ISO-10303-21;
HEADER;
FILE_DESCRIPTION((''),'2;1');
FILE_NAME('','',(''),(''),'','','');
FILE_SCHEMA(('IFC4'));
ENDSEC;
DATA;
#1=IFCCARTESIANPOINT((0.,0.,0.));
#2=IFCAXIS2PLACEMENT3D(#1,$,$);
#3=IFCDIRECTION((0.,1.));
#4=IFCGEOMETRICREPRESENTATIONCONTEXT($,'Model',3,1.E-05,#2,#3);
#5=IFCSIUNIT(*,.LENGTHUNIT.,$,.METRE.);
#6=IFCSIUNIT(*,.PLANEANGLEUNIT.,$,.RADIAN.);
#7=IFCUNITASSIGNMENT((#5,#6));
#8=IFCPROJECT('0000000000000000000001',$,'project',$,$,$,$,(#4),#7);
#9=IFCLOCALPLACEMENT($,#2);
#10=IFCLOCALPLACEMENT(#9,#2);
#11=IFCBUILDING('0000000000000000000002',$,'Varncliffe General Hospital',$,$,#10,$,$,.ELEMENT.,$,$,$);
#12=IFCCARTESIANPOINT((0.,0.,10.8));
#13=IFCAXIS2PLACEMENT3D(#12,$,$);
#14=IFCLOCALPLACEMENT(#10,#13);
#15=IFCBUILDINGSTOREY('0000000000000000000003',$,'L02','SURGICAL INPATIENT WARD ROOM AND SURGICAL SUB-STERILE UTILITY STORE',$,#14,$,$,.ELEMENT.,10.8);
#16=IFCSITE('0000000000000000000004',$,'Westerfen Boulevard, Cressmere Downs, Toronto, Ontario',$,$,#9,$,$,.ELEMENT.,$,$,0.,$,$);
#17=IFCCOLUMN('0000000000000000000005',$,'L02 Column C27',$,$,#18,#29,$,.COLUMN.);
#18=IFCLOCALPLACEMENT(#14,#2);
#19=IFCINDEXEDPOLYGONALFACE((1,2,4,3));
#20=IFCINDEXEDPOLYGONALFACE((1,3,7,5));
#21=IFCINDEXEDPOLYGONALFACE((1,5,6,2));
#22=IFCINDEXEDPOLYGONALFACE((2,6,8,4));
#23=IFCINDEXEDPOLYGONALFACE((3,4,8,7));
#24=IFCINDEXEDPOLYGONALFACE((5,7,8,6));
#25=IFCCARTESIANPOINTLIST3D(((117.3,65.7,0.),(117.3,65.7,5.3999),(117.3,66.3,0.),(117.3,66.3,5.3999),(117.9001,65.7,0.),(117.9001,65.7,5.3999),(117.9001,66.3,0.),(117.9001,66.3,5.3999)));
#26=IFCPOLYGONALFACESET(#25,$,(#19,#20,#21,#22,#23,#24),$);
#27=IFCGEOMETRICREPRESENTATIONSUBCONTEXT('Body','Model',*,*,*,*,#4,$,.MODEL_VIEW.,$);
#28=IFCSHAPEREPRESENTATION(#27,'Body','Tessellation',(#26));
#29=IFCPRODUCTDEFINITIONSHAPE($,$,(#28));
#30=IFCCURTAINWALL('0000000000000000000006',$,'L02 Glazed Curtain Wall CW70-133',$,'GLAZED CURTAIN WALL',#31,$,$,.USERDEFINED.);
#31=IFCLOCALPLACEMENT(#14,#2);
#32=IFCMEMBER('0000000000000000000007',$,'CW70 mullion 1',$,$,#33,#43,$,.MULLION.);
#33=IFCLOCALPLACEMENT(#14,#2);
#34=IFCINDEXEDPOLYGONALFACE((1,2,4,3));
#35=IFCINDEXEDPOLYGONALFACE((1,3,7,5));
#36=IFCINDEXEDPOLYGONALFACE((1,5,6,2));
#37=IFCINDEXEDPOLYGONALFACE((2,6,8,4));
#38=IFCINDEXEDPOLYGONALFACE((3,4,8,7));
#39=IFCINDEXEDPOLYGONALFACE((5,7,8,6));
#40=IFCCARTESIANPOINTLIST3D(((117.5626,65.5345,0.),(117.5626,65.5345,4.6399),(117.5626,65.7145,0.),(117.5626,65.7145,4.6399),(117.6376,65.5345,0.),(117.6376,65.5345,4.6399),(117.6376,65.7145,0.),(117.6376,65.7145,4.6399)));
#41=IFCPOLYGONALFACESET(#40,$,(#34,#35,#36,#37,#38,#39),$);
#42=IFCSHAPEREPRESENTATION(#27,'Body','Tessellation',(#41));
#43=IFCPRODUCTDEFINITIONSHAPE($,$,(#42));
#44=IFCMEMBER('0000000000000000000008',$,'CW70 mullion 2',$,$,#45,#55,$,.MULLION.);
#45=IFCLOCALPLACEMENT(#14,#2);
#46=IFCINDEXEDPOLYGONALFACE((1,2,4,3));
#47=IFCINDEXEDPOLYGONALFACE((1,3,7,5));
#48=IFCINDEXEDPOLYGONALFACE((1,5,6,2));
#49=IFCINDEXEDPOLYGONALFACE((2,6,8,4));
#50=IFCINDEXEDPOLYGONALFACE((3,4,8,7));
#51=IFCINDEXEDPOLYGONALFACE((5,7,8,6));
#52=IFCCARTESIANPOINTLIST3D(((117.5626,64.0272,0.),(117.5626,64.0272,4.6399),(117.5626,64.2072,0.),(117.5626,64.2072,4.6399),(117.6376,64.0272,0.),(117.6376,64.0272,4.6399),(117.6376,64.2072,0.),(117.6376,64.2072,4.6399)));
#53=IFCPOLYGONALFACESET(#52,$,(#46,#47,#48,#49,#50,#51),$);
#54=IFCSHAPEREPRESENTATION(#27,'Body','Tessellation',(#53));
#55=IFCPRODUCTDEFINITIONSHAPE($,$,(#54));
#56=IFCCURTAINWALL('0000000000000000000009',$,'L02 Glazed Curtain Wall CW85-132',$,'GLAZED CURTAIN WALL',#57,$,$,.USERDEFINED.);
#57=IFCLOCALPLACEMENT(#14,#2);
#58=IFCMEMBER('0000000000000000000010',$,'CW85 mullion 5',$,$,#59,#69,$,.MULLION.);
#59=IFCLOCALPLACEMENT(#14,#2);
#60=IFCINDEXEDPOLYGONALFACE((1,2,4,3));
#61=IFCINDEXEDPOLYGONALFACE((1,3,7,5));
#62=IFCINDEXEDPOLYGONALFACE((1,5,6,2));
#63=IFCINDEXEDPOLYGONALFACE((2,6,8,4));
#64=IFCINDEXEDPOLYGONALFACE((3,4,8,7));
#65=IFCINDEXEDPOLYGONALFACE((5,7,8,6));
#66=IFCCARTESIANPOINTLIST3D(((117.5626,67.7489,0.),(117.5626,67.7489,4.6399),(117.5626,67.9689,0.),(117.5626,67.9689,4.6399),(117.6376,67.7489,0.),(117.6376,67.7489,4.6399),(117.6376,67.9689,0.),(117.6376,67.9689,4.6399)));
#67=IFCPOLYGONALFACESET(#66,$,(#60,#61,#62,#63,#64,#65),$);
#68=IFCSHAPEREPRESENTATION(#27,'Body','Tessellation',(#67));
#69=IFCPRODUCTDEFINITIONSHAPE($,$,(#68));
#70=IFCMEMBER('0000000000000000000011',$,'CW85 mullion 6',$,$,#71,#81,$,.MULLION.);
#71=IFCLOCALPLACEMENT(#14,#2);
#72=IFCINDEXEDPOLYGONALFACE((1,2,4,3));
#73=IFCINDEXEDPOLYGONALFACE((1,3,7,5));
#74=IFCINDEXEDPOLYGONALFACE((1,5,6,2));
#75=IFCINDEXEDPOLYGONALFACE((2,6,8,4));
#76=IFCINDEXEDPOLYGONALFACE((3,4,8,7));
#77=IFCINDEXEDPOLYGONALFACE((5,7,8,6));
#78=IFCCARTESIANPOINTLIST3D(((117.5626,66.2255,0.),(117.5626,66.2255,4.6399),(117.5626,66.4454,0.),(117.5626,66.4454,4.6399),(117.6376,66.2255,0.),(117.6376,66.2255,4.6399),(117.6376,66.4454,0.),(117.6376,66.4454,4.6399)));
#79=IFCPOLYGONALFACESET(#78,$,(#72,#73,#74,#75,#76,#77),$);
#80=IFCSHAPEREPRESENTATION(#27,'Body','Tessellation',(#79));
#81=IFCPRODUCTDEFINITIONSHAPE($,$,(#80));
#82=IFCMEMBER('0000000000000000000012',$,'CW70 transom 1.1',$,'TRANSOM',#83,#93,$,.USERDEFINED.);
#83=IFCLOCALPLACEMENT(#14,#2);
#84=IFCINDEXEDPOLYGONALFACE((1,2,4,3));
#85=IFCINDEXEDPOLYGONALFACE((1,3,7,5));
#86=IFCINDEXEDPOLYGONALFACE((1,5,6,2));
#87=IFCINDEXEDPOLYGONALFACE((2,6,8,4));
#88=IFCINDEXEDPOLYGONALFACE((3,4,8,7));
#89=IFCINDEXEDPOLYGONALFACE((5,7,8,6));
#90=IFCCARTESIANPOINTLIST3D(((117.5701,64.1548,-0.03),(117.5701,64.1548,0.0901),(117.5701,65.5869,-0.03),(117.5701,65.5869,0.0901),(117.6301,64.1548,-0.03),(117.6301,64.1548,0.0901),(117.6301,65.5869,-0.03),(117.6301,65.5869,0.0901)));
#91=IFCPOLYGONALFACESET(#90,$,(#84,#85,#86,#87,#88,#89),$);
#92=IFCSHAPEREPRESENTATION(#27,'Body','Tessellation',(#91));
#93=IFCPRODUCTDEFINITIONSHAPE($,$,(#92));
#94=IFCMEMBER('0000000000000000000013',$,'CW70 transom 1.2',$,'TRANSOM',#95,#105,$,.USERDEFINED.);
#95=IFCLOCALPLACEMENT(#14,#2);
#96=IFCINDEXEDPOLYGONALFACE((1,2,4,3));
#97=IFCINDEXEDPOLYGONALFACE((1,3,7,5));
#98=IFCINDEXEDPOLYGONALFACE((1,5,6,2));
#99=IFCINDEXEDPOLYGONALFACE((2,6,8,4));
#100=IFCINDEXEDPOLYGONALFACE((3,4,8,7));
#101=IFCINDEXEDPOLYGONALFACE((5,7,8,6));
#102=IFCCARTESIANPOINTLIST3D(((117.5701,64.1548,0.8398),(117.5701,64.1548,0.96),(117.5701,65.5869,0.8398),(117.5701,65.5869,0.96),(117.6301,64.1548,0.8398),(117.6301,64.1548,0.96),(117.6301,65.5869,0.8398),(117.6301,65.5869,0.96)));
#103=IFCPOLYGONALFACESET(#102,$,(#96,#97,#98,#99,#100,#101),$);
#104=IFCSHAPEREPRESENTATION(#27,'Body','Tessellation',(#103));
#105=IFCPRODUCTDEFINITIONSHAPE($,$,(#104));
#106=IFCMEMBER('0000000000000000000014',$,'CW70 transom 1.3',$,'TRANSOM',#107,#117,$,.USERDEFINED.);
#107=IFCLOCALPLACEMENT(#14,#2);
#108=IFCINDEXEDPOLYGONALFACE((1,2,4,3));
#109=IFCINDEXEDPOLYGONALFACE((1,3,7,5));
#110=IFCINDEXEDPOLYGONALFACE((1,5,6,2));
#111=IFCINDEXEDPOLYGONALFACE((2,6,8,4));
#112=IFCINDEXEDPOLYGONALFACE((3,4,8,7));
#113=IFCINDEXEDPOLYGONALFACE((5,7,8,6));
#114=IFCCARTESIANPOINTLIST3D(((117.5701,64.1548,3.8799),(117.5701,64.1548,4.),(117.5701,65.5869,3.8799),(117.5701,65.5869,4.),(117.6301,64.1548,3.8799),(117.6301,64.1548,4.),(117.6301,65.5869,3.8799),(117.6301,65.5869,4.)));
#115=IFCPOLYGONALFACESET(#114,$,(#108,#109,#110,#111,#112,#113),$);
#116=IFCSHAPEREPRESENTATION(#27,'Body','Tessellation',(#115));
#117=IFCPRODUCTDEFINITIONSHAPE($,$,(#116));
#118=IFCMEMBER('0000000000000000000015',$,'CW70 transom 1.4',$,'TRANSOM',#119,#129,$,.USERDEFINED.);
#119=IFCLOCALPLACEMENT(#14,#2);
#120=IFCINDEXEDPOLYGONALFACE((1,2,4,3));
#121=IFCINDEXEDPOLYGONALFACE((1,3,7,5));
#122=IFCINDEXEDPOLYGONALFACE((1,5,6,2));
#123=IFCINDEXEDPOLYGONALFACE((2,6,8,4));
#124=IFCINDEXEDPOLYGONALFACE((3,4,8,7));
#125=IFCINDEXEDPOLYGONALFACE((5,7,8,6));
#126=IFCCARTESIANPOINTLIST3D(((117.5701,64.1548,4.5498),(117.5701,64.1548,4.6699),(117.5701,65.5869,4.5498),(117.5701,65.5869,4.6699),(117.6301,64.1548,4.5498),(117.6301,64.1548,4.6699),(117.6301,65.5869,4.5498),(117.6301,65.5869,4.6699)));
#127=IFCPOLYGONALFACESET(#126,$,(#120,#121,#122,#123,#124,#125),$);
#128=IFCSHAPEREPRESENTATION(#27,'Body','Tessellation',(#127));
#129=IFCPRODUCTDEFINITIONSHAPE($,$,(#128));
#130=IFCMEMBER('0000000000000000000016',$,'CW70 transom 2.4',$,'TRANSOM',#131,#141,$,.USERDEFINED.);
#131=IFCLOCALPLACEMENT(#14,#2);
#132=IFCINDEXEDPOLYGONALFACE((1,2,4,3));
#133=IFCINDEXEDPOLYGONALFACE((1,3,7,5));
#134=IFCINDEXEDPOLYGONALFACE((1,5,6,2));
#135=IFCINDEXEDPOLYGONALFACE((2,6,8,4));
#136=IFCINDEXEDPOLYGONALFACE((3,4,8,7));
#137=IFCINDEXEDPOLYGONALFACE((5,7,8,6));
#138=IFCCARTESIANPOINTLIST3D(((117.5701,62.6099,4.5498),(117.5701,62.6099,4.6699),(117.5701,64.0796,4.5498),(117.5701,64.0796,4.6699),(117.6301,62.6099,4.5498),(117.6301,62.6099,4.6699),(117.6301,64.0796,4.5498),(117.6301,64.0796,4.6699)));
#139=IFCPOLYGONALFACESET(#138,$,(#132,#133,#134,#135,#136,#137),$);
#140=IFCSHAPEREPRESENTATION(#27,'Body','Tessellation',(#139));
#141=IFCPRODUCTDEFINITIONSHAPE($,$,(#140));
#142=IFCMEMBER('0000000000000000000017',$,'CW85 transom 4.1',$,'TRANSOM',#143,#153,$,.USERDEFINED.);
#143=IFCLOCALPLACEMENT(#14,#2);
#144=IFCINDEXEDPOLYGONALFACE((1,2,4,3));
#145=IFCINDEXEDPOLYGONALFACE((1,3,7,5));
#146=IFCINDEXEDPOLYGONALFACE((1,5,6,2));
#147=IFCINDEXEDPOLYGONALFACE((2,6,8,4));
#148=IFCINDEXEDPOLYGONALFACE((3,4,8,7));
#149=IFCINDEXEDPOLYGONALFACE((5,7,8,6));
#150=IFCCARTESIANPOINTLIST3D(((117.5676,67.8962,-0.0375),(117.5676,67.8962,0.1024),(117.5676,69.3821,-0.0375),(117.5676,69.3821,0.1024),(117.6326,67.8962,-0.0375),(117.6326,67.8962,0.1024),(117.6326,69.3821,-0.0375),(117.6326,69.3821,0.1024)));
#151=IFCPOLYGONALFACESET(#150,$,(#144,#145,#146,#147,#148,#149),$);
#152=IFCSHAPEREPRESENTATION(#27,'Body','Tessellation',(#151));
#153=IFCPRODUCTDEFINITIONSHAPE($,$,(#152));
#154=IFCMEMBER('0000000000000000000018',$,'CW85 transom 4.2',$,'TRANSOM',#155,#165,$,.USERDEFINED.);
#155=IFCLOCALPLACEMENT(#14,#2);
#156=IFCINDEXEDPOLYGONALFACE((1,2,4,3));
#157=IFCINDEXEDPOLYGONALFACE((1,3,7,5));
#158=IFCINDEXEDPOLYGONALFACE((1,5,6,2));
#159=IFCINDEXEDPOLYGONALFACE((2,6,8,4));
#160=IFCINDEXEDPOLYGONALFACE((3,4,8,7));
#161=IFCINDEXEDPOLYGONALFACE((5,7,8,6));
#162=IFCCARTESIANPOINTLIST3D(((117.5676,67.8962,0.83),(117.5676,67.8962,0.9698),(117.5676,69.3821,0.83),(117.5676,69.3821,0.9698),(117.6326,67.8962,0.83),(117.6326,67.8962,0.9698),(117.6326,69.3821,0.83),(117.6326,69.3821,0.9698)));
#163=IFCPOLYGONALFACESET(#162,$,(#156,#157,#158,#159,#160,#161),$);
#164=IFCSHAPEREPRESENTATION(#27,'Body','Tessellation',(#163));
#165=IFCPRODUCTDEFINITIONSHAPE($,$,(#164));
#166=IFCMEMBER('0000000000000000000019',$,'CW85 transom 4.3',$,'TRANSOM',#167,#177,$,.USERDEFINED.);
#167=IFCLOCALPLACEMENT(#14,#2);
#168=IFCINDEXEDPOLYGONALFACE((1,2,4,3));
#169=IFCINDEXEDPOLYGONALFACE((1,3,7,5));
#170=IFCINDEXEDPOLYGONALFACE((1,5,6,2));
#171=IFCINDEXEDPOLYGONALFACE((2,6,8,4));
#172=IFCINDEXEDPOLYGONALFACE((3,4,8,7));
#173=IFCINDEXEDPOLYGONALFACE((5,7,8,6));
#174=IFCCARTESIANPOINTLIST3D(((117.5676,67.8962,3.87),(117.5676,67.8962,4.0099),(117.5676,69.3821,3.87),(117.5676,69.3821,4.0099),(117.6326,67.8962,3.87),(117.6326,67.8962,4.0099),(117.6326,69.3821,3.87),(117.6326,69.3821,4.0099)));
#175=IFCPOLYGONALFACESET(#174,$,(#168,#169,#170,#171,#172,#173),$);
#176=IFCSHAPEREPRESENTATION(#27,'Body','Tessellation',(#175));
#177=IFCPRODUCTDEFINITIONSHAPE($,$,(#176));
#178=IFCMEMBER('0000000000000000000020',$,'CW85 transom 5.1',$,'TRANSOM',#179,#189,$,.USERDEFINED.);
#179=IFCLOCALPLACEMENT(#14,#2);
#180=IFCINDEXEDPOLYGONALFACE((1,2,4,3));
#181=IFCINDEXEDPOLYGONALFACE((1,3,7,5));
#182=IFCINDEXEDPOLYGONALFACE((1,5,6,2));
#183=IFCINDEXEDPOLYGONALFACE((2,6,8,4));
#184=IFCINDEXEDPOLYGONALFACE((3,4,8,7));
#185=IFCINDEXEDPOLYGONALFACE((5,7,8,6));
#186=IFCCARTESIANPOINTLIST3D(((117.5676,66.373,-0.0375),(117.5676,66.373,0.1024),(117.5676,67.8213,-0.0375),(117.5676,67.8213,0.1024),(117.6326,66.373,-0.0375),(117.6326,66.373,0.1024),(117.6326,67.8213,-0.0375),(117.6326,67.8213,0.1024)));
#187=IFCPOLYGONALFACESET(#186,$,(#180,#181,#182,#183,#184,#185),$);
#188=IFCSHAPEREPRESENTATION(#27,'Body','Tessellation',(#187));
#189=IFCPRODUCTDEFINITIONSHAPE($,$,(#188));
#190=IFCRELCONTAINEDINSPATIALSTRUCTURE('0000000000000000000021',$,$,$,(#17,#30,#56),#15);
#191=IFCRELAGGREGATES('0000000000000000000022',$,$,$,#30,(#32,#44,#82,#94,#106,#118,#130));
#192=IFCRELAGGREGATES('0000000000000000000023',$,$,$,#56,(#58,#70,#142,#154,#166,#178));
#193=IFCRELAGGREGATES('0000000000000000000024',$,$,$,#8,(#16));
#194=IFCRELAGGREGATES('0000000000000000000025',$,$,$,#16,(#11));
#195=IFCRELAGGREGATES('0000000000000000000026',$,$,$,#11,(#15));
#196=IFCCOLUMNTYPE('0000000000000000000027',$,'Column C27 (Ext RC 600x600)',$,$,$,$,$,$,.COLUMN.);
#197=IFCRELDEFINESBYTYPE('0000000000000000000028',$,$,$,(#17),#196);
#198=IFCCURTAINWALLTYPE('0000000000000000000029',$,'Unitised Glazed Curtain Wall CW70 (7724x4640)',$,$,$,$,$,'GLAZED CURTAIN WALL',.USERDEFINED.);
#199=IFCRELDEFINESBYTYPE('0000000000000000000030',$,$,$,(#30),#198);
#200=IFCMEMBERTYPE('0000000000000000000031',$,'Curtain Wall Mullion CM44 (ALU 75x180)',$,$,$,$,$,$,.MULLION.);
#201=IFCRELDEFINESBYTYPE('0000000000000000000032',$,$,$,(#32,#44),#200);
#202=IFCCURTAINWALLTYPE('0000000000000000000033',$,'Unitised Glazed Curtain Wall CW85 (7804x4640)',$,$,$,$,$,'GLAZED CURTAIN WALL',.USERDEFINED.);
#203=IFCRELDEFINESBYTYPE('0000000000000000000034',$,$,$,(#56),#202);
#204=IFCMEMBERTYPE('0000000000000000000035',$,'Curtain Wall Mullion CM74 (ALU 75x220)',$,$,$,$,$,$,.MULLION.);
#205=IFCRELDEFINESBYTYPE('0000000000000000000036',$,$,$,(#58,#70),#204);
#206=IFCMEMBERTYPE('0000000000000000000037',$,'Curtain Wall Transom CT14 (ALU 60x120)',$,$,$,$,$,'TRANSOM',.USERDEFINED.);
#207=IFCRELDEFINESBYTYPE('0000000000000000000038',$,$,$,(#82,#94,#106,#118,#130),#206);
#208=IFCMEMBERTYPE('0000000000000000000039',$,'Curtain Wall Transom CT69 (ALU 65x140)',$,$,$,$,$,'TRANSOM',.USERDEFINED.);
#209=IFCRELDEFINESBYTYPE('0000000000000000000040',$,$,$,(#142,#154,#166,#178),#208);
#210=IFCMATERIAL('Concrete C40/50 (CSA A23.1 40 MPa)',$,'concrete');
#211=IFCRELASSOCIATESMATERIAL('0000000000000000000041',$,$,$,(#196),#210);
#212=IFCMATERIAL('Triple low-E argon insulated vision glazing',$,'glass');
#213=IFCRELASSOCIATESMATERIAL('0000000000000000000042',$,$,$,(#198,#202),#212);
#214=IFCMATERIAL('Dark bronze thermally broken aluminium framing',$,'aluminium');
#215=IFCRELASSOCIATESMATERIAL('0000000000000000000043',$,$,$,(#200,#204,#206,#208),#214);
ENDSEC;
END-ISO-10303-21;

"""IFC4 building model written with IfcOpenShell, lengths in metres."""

from ifc_helpers import new_model, si_unit, direction, frame, origin, origin_2d, place, context, subcontext, project, spatial, rectangle, extrude, material, material_profile, profile_set, type_object, element, aggregate, save


model = new_model("IFC4")

# Units and contexts
model_context = context("Model", 3, precision=1e-05, world=origin(), true_north=direction((0.0, 1.0)))
body_context = subcontext(model_context, "Body", "Model", "MODEL_VIEW")
ifc_project = project(units=[si_unit("LENGTHUNIT", "METRE"), si_unit("PLANEANGLEUNIT", "RADIAN")], contexts=[model_context])

# Site, building, storey
site_placement = place(None, origin())
site = spatial("IfcSite", under=ifc_project, at=site_placement, Name="Westerfen Boulevard, Cressmere Downs, Toronto, Ontario", CompositionType="ELEMENT", RefElevation=0.0)
building_placement = place(site_placement, origin())
building = spatial("IfcBuilding", under=site, at=building_placement, Name="Varncliffe General Hospital", CompositionType="ELEMENT")
storey_placement = place(building_placement, frame((0.0, 0.0, 10.8)))
storey = spatial("IfcBuildingStorey", under=building, at=storey_placement, Name="L02", Description="SURGICAL INPATIENT WARD ROOM AND SURGICAL SUB-STERILE UTILITY STORE", CompositionType="ELEMENT", Elevation=10.8)

# Column
ifc_material_1 = material(Name="Concrete C40/50 (CSA A23.1 40 MPa)", Category="concrete")
ifc_material_profile_1 = material_profile(ifc_material_1, rectangle(XDim=0.6001, YDim=0.6001, at=origin_2d()), Name="RC 600x600")
ifc_profile_set_1 = profile_set([ifc_material_profile_1], Name="Concrete C40/50 (CSA A23.1 40 MPa)")
column_type = type_object("IfcColumnType", Name="Column C27 (Ext RC 600x600)", PredefinedType="COLUMN", material=ifc_profile_set_1)
column_placement = place(storey_placement, frame((117.6001, 66.0, 0.0), z_axis=(0.0, 0.0, 1.0), x_axis=(1.0, 0.0, 0.0)))
element("IfcColumn", 1, at=column_placement, inside=storey, type_object=column_type, Name="L02 Column C27", PredefinedType="COLUMN", context=body_context, shape_type="SweptSolid", body=[
    extrude(rectangle(XDim=0.6001, YDim=0.6001, at=origin_2d()), origin(), (0.0, 0.0, 1.0), 5.3999),
])

# Curtain walls, members
ifc_material_2 = material(Name="Triple low-E argon insulated vision glazing", Category="glass")
curtain_wall_type_1 = type_object("IfcCurtainWallType", Name="Unitised Glazed Curtain Wall CW70 (7724x4640)", ElementType="GLAZED CURTAIN WALL", PredefinedType="USERDEFINED", material=ifc_material_2)
curtain_wall_1_placement = place(storey_placement, origin())
curtain_wall_1 = element("IfcCurtainWall", 2, at=curtain_wall_1_placement, inside=storey, type_object=curtain_wall_type_1, Name="L02 Glazed Curtain Wall CW70-133", ObjectType="GLAZED CURTAIN WALL", PredefinedType="USERDEFINED")
ifc_material_3 = material(Name="Dark bronze thermally broken aluminium framing", Category="aluminium")
ifc_material_profile_2 = material_profile(ifc_material_3, rectangle(XDim=0.075, YDim=0.1799, at=origin_2d()), Name="ALU 75x180")
ifc_profile_set_2 = profile_set([ifc_material_profile_2], Name="Dark bronze thermally broken aluminium framing")
member_type_1 = type_object("IfcMemberType", Name="Curtain Wall Mullion CM44 (ALU 75x180)", PredefinedType="MULLION", material=ifc_profile_set_2)
member_1_placement = place(storey_placement, frame((117.6001, 65.6245, 0.0), z_axis=(0.0, 0.0, 1.0), x_axis=(1.0, 0.0, 0.0)))
member_1 = element("IfcMember", 3, at=member_1_placement, type_object=member_type_1, Name="CW70 mullion 1", PredefinedType="MULLION", context=body_context, shape_type="SweptSolid", body=[
    extrude(rectangle(XDim=0.075, YDim=0.1799, at=origin_2d()), origin(), (0.0, 0.0, 1.0), 4.6399),
])
member_2_placement = place(storey_placement, frame((117.6001, 64.1172, 0.0), z_axis=(0.0, 0.0, 1.0), x_axis=(1.0, 0.0, 0.0)))
member_2 = element("IfcMember", 4, at=member_2_placement, type_object=member_type_1, Name="CW70 mullion 2", PredefinedType="MULLION", context=body_context, shape_type="SweptSolid", body=[
    extrude(rectangle(XDim=0.075, YDim=0.1799, at=origin_2d()), origin(), (0.0, 0.0, 1.0), 4.6399),
])
curtain_wall_type_2 = type_object("IfcCurtainWallType", Name="Unitised Glazed Curtain Wall CW85 (7804x4640)", ElementType="GLAZED CURTAIN WALL", PredefinedType="USERDEFINED", material=ifc_material_2)
curtain_wall_2_placement = place(storey_placement, origin())
curtain_wall_2 = element("IfcCurtainWall", 5, at=curtain_wall_2_placement, inside=storey, type_object=curtain_wall_type_2, Name="L02 Glazed Curtain Wall CW85-132", ObjectType="GLAZED CURTAIN WALL", PredefinedType="USERDEFINED")
ifc_material_profile_3 = material_profile(ifc_material_3, rectangle(XDim=0.075, YDim=0.22, at=origin_2d()), Name="ALU 75x220")
ifc_profile_set_3 = profile_set([ifc_material_profile_3], Name="Dark bronze thermally broken aluminium framing")
member_type_2 = type_object("IfcMemberType", Name="Curtain Wall Mullion CM74 (ALU 75x220)", PredefinedType="MULLION", material=ifc_profile_set_3)
member_3_placement = place(storey_placement, frame((117.6001, 67.8589, 0.0), z_axis=(0.0, 0.0, 1.0), x_axis=(1.0, 0.0, 0.0)))
member_3 = element("IfcMember", 6, at=member_3_placement, type_object=member_type_2, Name="CW85 mullion 5", PredefinedType="MULLION", context=body_context, shape_type="SweptSolid", body=[
    extrude(rectangle(XDim=0.075, YDim=0.22, at=origin_2d()), origin(), (0.0, 0.0, 1.0), 4.6399),
])
member_4_placement = place(storey_placement, frame((117.6001, 66.3354, 0.0), z_axis=(0.0, 0.0, 1.0), x_axis=(1.0, 0.0, 0.0)))
member_4 = element("IfcMember", 7, at=member_4_placement, type_object=member_type_2, Name="CW85 mullion 6", PredefinedType="MULLION", context=body_context, shape_type="SweptSolid", body=[
    extrude(rectangle(XDim=0.075, YDim=0.22, at=origin_2d()), origin(), (0.0, 0.0, 1.0), 4.6399),
])

# Members
ifc_material_profile_4 = material_profile(ifc_material_3, rectangle(XDim=0.0601, YDim=0.1201, at=origin_2d()), Name="ALU 60x120")
ifc_profile_set_4 = profile_set([ifc_material_profile_4], Name="Dark bronze thermally broken aluminium framing")
member_type_3 = type_object("IfcMemberType", Name="Curtain Wall Transom CT14 (ALU 60x120)", ElementType="TRANSOM", PredefinedType="USERDEFINED", material=ifc_profile_set_4)
member_5_placement = place(storey_placement, frame((117.6001, 65.5869, 0.03), z_axis=(0.0, -1.0, 0.0), x_axis=(1.0, 0.0, 0.0)))
member_5 = element("IfcMember", 8, at=member_5_placement, type_object=member_type_3, Name="CW70 transom 1.1", ObjectType="TRANSOM", PredefinedType="USERDEFINED", context=body_context, shape_type="SweptSolid", body=[
    extrude(rectangle(XDim=0.0601, YDim=0.1201, at=origin_2d()), origin(), (0.0, 0.0, 1.0), 1.4321),
])
member_6_placement = place(storey_placement, frame((117.6001, 65.5869, 0.8999), z_axis=(0.0, -1.0, 0.0), x_axis=(1.0, 0.0, 0.0)))
member_6 = element("IfcMember", 9, at=member_6_placement, type_object=member_type_3, Name="CW70 transom 1.2", ObjectType="TRANSOM", PredefinedType="USERDEFINED", context=body_context, shape_type="SweptSolid", body=[
    extrude(rectangle(XDim=0.0601, YDim=0.1201, at=origin_2d()), origin(), (0.0, 0.0, 1.0), 1.4321),
])
member_7_placement = place(storey_placement, frame((117.6001, 65.5869, 3.9399), z_axis=(0.0, -1.0, 0.0), x_axis=(1.0, 0.0, 0.0)))
member_7 = element("IfcMember", 10, at=member_7_placement, type_object=member_type_3, Name="CW70 transom 1.3", ObjectType="TRANSOM", PredefinedType="USERDEFINED", context=body_context, shape_type="SweptSolid", body=[
    extrude(rectangle(XDim=0.0601, YDim=0.1201, at=origin_2d()), origin(), (0.0, 0.0, 1.0), 1.4321),
])
member_8_placement = place(storey_placement, frame((117.6001, 65.5869, 4.6099), z_axis=(0.0, -1.0, 0.0), x_axis=(1.0, 0.0, 0.0)))
member_8 = element("IfcMember", 11, at=member_8_placement, type_object=member_type_3, Name="CW70 transom 1.4", ObjectType="TRANSOM", PredefinedType="USERDEFINED", context=body_context, shape_type="SweptSolid", body=[
    extrude(rectangle(XDim=0.0601, YDim=0.1201, at=origin_2d()), origin(), (0.0, 0.0, 1.0), 1.4321),
])
member_9_placement = place(storey_placement, frame((117.6001, 64.0796, 4.6099), z_axis=(0.0, -1.0, 0.0), x_axis=(1.0, 0.0, 0.0)))
member_9 = element("IfcMember", 12, at=member_9_placement, type_object=member_type_3, Name="CW70 transom 2.4", ObjectType="TRANSOM", PredefinedType="USERDEFINED", context=body_context, shape_type="SweptSolid", body=[
    extrude(rectangle(XDim=0.0601, YDim=0.1201, at=origin_2d()), origin(), (0.0, 0.0, 1.0), 1.4697),
])
ifc_material_profile_5 = material_profile(ifc_material_3, rectangle(XDim=0.0649, YDim=0.1399, at=origin_2d()), Name="ALU 65x140")
ifc_profile_set_5 = profile_set([ifc_material_profile_5], Name="Dark bronze thermally broken aluminium framing")
member_type_4 = type_object("IfcMemberType", Name="Curtain Wall Transom CT69 (ALU 65x140)", ElementType="TRANSOM", PredefinedType="USERDEFINED", material=ifc_profile_set_5)
member_10_placement = place(storey_placement, frame((117.6001, 69.3821, 0.0325), z_axis=(0.0, -1.0, 0.0), x_axis=(1.0, 0.0, 0.0)))
member_10 = element("IfcMember", 13, at=member_10_placement, type_object=member_type_4, Name="CW85 transom 4.1", ObjectType="TRANSOM", PredefinedType="USERDEFINED", context=body_context, shape_type="SweptSolid", body=[
    extrude(rectangle(XDim=0.0649, YDim=0.1399, at=origin_2d()), origin(), (0.0, 0.0, 1.0), 1.4858),
])
member_11_placement = place(storey_placement, frame((117.6001, 69.3821, 0.8999), z_axis=(0.0, -1.0, 0.0), x_axis=(1.0, 0.0, 0.0)))
member_11 = element("IfcMember", 14, at=member_11_placement, type_object=member_type_4, Name="CW85 transom 4.2", ObjectType="TRANSOM", PredefinedType="USERDEFINED", context=body_context, shape_type="SweptSolid", body=[
    extrude(rectangle(XDim=0.0649, YDim=0.1399, at=origin_2d()), origin(), (0.0, 0.0, 1.0), 1.4858),
])
member_12_placement = place(storey_placement, frame((117.6001, 69.3821, 3.9399), z_axis=(0.0, -1.0, 0.0), x_axis=(1.0, 0.0, 0.0)))
member_12 = element("IfcMember", 15, at=member_12_placement, type_object=member_type_4, Name="CW85 transom 4.3", ObjectType="TRANSOM", PredefinedType="USERDEFINED", context=body_context, shape_type="SweptSolid", body=[
    extrude(rectangle(XDim=0.0649, YDim=0.1399, at=origin_2d()), origin(), (0.0, 0.0, 1.0), 1.4858),
])
member_13_placement = place(storey_placement, frame((117.6001, 67.8213, 0.0325), z_axis=(0.0, -1.0, 0.0), x_axis=(1.0, 0.0, 0.0)))
member_13 = element("IfcMember", 16, at=member_13_placement, type_object=member_type_4, Name="CW85 transom 5.1", ObjectType="TRANSOM", PredefinedType="USERDEFINED", context=body_context, shape_type="SweptSolid", body=[
    extrude(rectangle(XDim=0.0649, YDim=0.1399, at=origin_2d()), origin(), (0.0, 0.0, 1.0), 1.4482),
])

aggregate(curtain_wall_1, [member_1, member_2, member_5, member_6, member_7, member_8, member_9])
aggregate(curtain_wall_2, [member_3, member_4, member_10, member_11, member_12, member_13])

save(model, "model.ifc")
